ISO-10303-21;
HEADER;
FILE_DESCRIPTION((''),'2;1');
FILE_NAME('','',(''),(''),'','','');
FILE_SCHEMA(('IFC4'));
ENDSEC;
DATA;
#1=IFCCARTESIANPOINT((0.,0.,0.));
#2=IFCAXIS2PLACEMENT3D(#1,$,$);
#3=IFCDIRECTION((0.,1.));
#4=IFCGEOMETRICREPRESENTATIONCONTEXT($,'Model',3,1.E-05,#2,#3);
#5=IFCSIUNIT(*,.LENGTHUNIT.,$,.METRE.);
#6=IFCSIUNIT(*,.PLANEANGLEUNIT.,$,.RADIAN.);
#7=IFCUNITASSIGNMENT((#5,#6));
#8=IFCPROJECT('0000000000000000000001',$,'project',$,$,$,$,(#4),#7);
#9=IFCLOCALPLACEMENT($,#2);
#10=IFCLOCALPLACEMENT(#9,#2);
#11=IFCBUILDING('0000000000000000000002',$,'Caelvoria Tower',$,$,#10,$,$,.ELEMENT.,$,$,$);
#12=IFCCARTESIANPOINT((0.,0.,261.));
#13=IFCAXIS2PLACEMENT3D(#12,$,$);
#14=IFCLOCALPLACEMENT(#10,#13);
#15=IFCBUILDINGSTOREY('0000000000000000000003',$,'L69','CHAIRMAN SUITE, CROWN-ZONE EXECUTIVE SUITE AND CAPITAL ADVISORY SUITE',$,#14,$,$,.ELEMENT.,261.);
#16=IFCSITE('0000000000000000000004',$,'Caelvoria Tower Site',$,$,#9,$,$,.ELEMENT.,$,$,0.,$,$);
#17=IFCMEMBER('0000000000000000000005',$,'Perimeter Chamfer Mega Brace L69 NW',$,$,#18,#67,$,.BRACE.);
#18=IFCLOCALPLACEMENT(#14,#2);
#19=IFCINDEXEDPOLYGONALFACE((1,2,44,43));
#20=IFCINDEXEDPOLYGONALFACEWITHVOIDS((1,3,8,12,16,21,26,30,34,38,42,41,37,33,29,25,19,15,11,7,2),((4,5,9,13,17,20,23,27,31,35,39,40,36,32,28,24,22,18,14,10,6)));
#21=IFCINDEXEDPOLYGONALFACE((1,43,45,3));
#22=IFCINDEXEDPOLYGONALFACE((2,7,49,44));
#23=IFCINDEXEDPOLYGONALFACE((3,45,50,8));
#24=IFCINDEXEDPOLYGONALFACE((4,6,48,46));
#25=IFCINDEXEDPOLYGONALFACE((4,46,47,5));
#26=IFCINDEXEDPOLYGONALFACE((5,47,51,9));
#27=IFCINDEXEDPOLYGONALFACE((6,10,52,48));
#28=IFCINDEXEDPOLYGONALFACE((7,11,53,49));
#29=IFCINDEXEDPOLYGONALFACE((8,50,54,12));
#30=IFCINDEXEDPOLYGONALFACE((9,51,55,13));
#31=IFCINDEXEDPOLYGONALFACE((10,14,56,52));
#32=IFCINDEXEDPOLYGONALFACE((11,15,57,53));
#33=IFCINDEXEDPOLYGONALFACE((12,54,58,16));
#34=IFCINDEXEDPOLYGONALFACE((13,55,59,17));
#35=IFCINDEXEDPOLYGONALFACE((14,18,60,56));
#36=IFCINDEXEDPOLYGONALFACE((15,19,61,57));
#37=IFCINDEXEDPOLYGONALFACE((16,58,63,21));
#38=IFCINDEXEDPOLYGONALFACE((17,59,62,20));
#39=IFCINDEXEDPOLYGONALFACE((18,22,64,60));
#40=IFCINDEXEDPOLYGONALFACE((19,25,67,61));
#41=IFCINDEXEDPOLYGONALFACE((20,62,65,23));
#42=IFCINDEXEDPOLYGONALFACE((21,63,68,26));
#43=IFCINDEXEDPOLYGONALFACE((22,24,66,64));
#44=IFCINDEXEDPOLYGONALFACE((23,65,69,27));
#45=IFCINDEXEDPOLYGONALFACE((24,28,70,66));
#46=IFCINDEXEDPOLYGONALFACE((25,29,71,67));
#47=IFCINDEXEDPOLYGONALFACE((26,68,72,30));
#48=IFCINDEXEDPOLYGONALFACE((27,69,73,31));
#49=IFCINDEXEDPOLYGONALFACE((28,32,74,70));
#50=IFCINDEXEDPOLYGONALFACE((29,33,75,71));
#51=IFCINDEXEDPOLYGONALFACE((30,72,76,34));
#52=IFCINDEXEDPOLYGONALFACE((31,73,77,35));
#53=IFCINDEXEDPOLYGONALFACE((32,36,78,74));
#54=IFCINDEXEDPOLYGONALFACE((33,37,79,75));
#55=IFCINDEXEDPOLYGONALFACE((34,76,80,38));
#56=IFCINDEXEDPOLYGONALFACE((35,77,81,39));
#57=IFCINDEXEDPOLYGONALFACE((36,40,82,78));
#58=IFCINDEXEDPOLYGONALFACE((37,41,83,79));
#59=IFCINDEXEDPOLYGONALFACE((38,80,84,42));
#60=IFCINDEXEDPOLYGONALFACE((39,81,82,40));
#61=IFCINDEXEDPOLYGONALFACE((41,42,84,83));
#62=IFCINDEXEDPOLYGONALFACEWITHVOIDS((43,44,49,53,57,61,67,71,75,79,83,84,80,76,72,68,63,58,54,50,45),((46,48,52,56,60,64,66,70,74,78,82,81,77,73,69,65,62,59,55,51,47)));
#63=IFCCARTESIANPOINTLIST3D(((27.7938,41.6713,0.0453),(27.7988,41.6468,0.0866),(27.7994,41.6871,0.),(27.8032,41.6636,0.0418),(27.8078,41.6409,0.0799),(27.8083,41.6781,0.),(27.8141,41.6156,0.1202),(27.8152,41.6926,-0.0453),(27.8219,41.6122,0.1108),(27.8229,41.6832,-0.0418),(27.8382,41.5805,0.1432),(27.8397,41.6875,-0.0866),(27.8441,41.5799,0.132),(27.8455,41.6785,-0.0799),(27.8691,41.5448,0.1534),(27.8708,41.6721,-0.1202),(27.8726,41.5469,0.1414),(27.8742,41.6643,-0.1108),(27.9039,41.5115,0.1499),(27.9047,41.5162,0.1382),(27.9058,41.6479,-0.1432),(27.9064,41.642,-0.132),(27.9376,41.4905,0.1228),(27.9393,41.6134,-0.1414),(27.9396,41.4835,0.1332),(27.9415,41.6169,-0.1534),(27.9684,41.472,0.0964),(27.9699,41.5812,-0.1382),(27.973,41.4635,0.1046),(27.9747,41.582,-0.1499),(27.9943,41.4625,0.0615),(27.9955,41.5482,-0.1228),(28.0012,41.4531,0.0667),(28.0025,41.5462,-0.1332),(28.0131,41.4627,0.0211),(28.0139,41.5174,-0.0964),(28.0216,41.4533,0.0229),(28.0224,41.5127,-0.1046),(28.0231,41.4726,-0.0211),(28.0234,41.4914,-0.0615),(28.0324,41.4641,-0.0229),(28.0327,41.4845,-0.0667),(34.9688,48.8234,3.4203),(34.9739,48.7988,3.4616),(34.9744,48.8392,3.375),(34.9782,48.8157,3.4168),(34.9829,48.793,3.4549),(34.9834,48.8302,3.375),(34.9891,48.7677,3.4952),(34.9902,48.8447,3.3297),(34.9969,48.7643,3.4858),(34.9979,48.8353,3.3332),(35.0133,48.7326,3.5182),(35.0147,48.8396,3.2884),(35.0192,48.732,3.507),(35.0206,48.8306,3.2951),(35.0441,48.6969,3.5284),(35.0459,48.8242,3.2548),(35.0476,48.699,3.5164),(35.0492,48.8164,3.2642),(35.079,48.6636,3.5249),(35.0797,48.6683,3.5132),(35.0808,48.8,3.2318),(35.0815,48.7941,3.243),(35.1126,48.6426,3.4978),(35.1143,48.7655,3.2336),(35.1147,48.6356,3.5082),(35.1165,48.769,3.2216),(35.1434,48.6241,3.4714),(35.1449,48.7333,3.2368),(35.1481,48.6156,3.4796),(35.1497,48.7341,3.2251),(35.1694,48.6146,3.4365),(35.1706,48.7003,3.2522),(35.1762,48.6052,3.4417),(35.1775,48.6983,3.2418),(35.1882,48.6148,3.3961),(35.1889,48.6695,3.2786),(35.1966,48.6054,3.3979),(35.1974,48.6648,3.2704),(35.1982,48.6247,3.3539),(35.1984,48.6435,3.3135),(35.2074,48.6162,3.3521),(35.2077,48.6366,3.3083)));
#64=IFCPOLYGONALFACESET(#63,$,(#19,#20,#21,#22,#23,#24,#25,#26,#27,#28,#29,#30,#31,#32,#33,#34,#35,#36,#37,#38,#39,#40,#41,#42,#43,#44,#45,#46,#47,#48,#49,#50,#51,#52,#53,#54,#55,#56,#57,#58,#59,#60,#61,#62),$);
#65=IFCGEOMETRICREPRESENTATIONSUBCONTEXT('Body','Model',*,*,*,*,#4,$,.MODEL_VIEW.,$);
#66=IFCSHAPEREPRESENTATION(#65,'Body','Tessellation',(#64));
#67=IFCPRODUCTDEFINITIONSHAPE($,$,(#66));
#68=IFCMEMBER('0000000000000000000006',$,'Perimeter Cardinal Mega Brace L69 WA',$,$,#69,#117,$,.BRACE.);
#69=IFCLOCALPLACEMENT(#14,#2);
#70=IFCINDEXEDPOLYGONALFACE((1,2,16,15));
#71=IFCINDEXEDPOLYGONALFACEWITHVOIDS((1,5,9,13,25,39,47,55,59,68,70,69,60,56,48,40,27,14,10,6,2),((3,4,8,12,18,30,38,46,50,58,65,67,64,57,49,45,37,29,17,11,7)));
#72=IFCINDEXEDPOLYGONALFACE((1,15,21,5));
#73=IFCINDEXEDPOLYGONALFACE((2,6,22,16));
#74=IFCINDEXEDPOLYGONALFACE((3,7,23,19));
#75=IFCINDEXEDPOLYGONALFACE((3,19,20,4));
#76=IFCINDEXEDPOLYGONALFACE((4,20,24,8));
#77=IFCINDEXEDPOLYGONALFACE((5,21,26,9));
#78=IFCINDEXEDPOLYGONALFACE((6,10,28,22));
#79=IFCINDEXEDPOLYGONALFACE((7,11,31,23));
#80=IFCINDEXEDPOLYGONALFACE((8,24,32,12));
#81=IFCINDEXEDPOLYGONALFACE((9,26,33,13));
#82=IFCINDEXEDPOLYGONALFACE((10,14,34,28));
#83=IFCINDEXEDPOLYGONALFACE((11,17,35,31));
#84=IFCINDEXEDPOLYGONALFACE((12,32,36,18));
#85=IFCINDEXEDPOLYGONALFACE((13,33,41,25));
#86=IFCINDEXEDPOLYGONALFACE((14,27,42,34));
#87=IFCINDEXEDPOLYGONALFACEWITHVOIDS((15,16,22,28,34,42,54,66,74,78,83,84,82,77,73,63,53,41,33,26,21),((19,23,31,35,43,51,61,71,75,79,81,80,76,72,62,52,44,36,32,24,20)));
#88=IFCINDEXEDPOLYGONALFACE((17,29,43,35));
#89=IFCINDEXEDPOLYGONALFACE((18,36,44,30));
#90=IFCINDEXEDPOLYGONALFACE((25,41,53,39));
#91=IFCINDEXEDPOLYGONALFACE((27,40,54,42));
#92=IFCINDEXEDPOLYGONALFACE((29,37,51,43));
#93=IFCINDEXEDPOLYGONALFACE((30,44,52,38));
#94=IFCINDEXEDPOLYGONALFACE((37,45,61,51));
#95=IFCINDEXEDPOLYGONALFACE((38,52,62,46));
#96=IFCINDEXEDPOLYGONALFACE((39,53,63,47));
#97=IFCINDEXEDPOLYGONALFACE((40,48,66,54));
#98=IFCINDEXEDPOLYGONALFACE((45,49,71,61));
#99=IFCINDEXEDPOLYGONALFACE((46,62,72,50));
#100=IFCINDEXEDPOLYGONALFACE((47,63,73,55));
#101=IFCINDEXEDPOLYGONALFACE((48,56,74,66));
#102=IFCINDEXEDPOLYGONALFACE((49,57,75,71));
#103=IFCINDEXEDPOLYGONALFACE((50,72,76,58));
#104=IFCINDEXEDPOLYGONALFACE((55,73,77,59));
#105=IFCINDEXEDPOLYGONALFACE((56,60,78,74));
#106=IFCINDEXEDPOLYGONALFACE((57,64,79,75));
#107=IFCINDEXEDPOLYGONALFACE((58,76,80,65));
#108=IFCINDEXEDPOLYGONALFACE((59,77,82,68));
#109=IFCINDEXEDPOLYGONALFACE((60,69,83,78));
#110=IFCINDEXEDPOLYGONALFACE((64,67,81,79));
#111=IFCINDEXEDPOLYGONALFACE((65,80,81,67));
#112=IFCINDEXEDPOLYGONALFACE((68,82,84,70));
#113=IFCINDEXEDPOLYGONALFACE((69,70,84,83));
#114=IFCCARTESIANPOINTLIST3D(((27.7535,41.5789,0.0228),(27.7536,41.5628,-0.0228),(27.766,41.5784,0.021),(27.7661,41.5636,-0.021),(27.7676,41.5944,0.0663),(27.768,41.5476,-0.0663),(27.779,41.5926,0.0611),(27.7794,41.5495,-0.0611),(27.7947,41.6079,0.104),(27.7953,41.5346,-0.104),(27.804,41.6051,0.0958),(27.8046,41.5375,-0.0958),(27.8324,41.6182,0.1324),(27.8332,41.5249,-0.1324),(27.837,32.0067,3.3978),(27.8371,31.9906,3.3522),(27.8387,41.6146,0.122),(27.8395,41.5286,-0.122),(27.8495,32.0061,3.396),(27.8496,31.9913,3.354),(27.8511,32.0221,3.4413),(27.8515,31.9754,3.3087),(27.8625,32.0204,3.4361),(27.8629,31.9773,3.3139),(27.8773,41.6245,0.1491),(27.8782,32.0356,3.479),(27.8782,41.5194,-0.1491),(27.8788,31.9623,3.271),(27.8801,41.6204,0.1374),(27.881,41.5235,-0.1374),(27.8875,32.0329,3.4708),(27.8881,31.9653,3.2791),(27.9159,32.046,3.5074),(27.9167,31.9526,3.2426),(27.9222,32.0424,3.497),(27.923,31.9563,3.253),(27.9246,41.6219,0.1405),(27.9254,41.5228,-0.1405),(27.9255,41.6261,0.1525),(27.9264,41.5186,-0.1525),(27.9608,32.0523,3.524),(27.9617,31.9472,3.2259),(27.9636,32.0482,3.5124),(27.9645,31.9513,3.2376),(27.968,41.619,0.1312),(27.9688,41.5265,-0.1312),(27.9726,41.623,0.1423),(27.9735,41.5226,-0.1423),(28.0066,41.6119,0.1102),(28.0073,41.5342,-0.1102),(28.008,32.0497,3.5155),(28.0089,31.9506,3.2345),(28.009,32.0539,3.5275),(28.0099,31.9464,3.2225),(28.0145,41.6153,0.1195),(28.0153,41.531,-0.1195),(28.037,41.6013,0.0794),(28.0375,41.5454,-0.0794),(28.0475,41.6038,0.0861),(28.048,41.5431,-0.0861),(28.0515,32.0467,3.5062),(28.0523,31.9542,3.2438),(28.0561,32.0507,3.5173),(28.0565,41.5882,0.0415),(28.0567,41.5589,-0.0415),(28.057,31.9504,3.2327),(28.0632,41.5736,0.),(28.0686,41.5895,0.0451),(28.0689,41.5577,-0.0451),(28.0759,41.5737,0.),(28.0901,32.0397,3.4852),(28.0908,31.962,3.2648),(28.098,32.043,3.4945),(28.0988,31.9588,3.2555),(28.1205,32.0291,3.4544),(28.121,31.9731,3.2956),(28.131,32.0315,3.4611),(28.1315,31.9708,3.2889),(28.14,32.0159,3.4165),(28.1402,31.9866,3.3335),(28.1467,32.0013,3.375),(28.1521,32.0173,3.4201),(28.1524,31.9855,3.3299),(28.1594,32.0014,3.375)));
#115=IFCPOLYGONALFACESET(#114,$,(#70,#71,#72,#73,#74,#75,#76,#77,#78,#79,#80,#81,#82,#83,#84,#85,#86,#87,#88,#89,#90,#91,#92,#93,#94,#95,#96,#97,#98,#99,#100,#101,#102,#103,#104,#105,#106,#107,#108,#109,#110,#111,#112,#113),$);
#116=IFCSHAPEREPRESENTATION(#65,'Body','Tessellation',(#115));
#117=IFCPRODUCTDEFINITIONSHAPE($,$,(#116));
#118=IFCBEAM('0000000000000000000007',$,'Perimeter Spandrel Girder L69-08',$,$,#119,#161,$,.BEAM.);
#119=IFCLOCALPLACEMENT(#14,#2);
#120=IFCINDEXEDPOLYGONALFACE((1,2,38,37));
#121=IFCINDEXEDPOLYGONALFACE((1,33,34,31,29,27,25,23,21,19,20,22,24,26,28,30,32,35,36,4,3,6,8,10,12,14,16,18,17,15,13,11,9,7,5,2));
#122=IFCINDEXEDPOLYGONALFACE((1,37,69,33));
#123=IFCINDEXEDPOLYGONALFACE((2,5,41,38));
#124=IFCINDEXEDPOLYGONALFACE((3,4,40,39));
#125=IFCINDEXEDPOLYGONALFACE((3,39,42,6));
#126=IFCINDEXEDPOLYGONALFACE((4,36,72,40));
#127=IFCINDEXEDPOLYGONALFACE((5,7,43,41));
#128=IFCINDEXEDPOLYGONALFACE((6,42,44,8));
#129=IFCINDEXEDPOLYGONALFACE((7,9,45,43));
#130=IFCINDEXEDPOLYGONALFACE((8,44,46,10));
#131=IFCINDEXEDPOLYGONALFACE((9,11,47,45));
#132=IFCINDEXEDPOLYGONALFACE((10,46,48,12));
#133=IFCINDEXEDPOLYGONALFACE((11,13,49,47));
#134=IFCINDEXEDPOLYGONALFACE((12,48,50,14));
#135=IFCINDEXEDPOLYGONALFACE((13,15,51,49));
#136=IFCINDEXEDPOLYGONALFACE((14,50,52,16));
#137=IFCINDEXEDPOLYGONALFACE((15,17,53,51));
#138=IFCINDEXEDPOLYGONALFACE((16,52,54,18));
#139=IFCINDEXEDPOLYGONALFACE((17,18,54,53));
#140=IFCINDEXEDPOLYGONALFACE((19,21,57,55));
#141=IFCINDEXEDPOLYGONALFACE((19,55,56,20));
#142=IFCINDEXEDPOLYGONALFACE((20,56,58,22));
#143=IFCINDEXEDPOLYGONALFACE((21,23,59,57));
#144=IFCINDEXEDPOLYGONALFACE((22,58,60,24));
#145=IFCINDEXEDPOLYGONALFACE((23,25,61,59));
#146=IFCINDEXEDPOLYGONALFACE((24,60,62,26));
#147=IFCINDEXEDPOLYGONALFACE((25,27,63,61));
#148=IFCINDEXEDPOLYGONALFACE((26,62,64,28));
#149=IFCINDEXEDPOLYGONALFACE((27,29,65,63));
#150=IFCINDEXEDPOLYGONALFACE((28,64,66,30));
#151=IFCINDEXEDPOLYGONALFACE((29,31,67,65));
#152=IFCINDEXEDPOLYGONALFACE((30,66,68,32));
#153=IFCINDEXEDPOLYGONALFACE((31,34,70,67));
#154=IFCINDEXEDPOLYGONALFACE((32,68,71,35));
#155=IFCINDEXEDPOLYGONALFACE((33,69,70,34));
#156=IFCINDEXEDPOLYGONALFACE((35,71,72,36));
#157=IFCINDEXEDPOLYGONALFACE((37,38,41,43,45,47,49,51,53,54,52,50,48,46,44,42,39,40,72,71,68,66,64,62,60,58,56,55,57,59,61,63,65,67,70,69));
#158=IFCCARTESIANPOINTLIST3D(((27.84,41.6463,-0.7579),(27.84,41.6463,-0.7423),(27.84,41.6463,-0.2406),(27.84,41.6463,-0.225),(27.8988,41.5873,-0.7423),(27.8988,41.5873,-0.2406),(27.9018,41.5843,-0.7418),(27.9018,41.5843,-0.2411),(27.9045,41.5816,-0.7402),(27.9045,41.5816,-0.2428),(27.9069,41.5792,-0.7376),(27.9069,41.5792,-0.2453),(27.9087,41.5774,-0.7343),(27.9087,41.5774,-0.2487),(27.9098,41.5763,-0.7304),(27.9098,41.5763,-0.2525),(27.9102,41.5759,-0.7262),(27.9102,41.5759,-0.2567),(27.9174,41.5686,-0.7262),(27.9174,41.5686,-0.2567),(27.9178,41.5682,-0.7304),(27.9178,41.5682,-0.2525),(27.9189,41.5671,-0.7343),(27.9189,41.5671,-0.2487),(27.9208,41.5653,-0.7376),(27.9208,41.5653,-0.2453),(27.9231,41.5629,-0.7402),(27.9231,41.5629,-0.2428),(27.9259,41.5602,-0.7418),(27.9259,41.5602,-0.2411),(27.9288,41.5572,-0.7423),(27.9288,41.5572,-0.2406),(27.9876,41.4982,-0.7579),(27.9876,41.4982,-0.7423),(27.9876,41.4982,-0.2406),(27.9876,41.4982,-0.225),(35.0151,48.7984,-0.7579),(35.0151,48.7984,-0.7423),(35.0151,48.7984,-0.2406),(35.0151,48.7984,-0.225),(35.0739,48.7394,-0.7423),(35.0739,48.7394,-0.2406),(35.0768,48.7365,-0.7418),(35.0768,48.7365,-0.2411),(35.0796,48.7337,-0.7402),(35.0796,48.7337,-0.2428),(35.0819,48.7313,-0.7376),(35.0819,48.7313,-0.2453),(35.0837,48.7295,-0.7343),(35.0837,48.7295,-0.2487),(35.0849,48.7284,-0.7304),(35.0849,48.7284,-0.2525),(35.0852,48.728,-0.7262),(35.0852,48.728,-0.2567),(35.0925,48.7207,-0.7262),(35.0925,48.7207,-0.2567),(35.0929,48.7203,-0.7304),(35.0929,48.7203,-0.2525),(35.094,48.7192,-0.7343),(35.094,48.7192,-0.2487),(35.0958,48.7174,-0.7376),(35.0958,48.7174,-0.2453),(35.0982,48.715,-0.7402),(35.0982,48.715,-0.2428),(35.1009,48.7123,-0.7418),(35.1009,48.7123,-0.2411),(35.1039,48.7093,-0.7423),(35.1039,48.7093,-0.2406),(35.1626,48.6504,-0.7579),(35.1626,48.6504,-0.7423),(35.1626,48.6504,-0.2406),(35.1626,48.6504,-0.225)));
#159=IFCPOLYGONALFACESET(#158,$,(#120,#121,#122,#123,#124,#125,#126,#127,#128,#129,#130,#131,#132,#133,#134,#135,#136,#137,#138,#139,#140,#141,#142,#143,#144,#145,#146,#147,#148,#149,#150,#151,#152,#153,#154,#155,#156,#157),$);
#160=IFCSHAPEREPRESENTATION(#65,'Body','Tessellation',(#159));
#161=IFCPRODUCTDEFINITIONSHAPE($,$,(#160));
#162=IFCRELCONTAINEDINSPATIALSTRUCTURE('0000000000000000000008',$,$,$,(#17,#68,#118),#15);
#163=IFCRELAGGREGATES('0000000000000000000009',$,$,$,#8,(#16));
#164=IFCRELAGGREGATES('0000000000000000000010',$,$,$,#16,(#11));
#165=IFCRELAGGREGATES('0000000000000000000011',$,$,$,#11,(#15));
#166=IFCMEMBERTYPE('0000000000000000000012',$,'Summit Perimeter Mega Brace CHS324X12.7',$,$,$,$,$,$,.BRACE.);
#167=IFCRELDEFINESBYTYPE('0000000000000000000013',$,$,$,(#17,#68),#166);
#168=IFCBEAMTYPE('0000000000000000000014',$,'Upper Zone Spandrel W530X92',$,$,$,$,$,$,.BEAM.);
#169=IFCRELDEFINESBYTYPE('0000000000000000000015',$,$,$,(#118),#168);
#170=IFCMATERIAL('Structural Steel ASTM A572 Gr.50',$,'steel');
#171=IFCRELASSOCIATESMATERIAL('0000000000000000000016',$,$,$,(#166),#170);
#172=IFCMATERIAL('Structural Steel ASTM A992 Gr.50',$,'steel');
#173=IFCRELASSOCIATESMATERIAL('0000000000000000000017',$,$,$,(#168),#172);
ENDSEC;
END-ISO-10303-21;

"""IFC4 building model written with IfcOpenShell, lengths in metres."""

from ifc_helpers import new_model, si_unit, direction, frame, origin, origin_2d, place, context, subcontext, project, spatial, hollow_circle, i_section, extrude, material, material_profile, profile_set, type_object, element, save


model = new_model("IFC4")

# Units and contexts
model_context = context("Model", 3, precision=1e-05, world=origin(), true_north=direction((0.0, 1.0)))
body_context = subcontext(model_context, "Body", "Model", "MODEL_VIEW")
ifc_project = project(units=[si_unit("LENGTHUNIT", "METRE"), si_unit("PLANEANGLEUNIT", "RADIAN")], contexts=[model_context])

# Site, building, storey
site_placement = place(None, origin())
site = spatial("IfcSite", under=ifc_project, at=site_placement, Name="Caelvoria Tower Site", CompositionType="ELEMENT", RefElevation=0.0)
building_placement = place(site_placement, origin())
building = spatial("IfcBuilding", under=site, at=building_placement, Name="Caelvoria Tower", CompositionType="ELEMENT")
storey_placement = place(building_placement, frame((0.0, 0.0, 261.0)))
storey = spatial("IfcBuildingStorey", under=building, at=storey_placement, Name="L69", Description="CHAIRMAN SUITE, CROWN-ZONE EXECUTIVE SUITE AND CAPITAL ADVISORY SUITE", CompositionType="ELEMENT", Elevation=261.0)

# Shared definitions
ifc_material_1 = material(Name="Structural Steel ASTM A572 Gr.50", Category="steel")

# Shared definitions
ifc_material_2 = material(Name="Structural Steel ASTM A992 Gr.50", Category="steel")

# Members
ifc_material_profile_1 = material_profile(ifc_material_1, hollow_circle(Radius=0.1621, WallThickness=0.0127, at=origin_2d()), Name="Structural Steel ASTM A572 Gr.50")
ifc_profile_set_1 = profile_set([ifc_material_profile_1], Name="CHS324X12.7 - Structural Steel ASTM A572 Gr.50")
member_type = type_object("IfcMemberType", Name="Summit Perimeter Mega Brace CHS324X12.7", PredefinedType="BRACE", material=ifc_profile_set_1)
member_1_placement = place(storey_placement, frame((27.9138, 41.5723, 0.0), z_axis=(0.671933, 0.669784, 0.316064), x_axis=(-0.705973, 0.708239, 0.0)))
element("IfcMember", 1, at=member_1_placement, inside=storey, type_object=member_type, Name="Perimeter Chamfer Mega Brace L69 NW", PredefinedType="BRACE", context=body_context, shape_type="SweptSolid", body=[
    extrude(hollow_circle(Radius=0.1621, WallThickness=0.0127, at=origin_2d()), origin(), (0.0, 0.0, 1.0), 10.6782),
])
member_2_placement = place(storey_placement, frame((27.9138, 41.5723, 0.0), z_axis=(0.008226, -0.943065, 0.332507), x_axis=(0.999962, 0.008722, 0.0)))
element("IfcMember", 2, at=member_2_placement, inside=storey, type_object=member_type, Name="Perimeter Cardinal Mega Brace L69 WA", PredefinedType="BRACE", context=body_context, shape_type="SweptSolid", body=[
    extrude(hollow_circle(Radius=0.1621, WallThickness=0.0127, at=origin_2d()), origin(), (0.0, 0.0, 1.0), 10.1501),
])

# Beam
ifc_material_profile_2 = material_profile(ifc_material_2, i_section(OverallWidth=0.209, OverallDepth=0.533, WebThickness=0.0103, FlangeThickness=0.0156, FilletRadius=0.0161, at=origin_2d()), Name="Structural Steel ASTM A992 Gr.50")
ifc_profile_set_2 = profile_set([ifc_material_profile_2], Name="W530X92 - Structural Steel ASTM A992 Gr.50")
beam_type_1 = type_object("IfcBeamType", Name="Upper Zone Spandrel W530X92", PredefinedType="BEAM", material=ifc_profile_set_2)
beam_1_placement = place(storey_placement, frame((35.0889, 48.7244, -0.4915), z_axis=(-0.708239, -0.705973, 0.0), x_axis=(0.705973, -0.708239, 0.0)))
element("IfcBeam", 3, at=beam_1_placement, inside=storey, type_object=beam_type_1, Name="Perimeter Spandrel Girder L69-08", PredefinedType="BEAM", context=body_context, shape_type="SweptSolid", body=[
    extrude(i_section(OverallWidth=0.209, OverallDepth=0.533, WebThickness=0.0103, FlangeThickness=0.0156, FilletRadius=0.0161, at=origin_2d()), origin(), (0.0, 0.0, 1.0), 10.1309),
])

save(model, "model.ifc")
